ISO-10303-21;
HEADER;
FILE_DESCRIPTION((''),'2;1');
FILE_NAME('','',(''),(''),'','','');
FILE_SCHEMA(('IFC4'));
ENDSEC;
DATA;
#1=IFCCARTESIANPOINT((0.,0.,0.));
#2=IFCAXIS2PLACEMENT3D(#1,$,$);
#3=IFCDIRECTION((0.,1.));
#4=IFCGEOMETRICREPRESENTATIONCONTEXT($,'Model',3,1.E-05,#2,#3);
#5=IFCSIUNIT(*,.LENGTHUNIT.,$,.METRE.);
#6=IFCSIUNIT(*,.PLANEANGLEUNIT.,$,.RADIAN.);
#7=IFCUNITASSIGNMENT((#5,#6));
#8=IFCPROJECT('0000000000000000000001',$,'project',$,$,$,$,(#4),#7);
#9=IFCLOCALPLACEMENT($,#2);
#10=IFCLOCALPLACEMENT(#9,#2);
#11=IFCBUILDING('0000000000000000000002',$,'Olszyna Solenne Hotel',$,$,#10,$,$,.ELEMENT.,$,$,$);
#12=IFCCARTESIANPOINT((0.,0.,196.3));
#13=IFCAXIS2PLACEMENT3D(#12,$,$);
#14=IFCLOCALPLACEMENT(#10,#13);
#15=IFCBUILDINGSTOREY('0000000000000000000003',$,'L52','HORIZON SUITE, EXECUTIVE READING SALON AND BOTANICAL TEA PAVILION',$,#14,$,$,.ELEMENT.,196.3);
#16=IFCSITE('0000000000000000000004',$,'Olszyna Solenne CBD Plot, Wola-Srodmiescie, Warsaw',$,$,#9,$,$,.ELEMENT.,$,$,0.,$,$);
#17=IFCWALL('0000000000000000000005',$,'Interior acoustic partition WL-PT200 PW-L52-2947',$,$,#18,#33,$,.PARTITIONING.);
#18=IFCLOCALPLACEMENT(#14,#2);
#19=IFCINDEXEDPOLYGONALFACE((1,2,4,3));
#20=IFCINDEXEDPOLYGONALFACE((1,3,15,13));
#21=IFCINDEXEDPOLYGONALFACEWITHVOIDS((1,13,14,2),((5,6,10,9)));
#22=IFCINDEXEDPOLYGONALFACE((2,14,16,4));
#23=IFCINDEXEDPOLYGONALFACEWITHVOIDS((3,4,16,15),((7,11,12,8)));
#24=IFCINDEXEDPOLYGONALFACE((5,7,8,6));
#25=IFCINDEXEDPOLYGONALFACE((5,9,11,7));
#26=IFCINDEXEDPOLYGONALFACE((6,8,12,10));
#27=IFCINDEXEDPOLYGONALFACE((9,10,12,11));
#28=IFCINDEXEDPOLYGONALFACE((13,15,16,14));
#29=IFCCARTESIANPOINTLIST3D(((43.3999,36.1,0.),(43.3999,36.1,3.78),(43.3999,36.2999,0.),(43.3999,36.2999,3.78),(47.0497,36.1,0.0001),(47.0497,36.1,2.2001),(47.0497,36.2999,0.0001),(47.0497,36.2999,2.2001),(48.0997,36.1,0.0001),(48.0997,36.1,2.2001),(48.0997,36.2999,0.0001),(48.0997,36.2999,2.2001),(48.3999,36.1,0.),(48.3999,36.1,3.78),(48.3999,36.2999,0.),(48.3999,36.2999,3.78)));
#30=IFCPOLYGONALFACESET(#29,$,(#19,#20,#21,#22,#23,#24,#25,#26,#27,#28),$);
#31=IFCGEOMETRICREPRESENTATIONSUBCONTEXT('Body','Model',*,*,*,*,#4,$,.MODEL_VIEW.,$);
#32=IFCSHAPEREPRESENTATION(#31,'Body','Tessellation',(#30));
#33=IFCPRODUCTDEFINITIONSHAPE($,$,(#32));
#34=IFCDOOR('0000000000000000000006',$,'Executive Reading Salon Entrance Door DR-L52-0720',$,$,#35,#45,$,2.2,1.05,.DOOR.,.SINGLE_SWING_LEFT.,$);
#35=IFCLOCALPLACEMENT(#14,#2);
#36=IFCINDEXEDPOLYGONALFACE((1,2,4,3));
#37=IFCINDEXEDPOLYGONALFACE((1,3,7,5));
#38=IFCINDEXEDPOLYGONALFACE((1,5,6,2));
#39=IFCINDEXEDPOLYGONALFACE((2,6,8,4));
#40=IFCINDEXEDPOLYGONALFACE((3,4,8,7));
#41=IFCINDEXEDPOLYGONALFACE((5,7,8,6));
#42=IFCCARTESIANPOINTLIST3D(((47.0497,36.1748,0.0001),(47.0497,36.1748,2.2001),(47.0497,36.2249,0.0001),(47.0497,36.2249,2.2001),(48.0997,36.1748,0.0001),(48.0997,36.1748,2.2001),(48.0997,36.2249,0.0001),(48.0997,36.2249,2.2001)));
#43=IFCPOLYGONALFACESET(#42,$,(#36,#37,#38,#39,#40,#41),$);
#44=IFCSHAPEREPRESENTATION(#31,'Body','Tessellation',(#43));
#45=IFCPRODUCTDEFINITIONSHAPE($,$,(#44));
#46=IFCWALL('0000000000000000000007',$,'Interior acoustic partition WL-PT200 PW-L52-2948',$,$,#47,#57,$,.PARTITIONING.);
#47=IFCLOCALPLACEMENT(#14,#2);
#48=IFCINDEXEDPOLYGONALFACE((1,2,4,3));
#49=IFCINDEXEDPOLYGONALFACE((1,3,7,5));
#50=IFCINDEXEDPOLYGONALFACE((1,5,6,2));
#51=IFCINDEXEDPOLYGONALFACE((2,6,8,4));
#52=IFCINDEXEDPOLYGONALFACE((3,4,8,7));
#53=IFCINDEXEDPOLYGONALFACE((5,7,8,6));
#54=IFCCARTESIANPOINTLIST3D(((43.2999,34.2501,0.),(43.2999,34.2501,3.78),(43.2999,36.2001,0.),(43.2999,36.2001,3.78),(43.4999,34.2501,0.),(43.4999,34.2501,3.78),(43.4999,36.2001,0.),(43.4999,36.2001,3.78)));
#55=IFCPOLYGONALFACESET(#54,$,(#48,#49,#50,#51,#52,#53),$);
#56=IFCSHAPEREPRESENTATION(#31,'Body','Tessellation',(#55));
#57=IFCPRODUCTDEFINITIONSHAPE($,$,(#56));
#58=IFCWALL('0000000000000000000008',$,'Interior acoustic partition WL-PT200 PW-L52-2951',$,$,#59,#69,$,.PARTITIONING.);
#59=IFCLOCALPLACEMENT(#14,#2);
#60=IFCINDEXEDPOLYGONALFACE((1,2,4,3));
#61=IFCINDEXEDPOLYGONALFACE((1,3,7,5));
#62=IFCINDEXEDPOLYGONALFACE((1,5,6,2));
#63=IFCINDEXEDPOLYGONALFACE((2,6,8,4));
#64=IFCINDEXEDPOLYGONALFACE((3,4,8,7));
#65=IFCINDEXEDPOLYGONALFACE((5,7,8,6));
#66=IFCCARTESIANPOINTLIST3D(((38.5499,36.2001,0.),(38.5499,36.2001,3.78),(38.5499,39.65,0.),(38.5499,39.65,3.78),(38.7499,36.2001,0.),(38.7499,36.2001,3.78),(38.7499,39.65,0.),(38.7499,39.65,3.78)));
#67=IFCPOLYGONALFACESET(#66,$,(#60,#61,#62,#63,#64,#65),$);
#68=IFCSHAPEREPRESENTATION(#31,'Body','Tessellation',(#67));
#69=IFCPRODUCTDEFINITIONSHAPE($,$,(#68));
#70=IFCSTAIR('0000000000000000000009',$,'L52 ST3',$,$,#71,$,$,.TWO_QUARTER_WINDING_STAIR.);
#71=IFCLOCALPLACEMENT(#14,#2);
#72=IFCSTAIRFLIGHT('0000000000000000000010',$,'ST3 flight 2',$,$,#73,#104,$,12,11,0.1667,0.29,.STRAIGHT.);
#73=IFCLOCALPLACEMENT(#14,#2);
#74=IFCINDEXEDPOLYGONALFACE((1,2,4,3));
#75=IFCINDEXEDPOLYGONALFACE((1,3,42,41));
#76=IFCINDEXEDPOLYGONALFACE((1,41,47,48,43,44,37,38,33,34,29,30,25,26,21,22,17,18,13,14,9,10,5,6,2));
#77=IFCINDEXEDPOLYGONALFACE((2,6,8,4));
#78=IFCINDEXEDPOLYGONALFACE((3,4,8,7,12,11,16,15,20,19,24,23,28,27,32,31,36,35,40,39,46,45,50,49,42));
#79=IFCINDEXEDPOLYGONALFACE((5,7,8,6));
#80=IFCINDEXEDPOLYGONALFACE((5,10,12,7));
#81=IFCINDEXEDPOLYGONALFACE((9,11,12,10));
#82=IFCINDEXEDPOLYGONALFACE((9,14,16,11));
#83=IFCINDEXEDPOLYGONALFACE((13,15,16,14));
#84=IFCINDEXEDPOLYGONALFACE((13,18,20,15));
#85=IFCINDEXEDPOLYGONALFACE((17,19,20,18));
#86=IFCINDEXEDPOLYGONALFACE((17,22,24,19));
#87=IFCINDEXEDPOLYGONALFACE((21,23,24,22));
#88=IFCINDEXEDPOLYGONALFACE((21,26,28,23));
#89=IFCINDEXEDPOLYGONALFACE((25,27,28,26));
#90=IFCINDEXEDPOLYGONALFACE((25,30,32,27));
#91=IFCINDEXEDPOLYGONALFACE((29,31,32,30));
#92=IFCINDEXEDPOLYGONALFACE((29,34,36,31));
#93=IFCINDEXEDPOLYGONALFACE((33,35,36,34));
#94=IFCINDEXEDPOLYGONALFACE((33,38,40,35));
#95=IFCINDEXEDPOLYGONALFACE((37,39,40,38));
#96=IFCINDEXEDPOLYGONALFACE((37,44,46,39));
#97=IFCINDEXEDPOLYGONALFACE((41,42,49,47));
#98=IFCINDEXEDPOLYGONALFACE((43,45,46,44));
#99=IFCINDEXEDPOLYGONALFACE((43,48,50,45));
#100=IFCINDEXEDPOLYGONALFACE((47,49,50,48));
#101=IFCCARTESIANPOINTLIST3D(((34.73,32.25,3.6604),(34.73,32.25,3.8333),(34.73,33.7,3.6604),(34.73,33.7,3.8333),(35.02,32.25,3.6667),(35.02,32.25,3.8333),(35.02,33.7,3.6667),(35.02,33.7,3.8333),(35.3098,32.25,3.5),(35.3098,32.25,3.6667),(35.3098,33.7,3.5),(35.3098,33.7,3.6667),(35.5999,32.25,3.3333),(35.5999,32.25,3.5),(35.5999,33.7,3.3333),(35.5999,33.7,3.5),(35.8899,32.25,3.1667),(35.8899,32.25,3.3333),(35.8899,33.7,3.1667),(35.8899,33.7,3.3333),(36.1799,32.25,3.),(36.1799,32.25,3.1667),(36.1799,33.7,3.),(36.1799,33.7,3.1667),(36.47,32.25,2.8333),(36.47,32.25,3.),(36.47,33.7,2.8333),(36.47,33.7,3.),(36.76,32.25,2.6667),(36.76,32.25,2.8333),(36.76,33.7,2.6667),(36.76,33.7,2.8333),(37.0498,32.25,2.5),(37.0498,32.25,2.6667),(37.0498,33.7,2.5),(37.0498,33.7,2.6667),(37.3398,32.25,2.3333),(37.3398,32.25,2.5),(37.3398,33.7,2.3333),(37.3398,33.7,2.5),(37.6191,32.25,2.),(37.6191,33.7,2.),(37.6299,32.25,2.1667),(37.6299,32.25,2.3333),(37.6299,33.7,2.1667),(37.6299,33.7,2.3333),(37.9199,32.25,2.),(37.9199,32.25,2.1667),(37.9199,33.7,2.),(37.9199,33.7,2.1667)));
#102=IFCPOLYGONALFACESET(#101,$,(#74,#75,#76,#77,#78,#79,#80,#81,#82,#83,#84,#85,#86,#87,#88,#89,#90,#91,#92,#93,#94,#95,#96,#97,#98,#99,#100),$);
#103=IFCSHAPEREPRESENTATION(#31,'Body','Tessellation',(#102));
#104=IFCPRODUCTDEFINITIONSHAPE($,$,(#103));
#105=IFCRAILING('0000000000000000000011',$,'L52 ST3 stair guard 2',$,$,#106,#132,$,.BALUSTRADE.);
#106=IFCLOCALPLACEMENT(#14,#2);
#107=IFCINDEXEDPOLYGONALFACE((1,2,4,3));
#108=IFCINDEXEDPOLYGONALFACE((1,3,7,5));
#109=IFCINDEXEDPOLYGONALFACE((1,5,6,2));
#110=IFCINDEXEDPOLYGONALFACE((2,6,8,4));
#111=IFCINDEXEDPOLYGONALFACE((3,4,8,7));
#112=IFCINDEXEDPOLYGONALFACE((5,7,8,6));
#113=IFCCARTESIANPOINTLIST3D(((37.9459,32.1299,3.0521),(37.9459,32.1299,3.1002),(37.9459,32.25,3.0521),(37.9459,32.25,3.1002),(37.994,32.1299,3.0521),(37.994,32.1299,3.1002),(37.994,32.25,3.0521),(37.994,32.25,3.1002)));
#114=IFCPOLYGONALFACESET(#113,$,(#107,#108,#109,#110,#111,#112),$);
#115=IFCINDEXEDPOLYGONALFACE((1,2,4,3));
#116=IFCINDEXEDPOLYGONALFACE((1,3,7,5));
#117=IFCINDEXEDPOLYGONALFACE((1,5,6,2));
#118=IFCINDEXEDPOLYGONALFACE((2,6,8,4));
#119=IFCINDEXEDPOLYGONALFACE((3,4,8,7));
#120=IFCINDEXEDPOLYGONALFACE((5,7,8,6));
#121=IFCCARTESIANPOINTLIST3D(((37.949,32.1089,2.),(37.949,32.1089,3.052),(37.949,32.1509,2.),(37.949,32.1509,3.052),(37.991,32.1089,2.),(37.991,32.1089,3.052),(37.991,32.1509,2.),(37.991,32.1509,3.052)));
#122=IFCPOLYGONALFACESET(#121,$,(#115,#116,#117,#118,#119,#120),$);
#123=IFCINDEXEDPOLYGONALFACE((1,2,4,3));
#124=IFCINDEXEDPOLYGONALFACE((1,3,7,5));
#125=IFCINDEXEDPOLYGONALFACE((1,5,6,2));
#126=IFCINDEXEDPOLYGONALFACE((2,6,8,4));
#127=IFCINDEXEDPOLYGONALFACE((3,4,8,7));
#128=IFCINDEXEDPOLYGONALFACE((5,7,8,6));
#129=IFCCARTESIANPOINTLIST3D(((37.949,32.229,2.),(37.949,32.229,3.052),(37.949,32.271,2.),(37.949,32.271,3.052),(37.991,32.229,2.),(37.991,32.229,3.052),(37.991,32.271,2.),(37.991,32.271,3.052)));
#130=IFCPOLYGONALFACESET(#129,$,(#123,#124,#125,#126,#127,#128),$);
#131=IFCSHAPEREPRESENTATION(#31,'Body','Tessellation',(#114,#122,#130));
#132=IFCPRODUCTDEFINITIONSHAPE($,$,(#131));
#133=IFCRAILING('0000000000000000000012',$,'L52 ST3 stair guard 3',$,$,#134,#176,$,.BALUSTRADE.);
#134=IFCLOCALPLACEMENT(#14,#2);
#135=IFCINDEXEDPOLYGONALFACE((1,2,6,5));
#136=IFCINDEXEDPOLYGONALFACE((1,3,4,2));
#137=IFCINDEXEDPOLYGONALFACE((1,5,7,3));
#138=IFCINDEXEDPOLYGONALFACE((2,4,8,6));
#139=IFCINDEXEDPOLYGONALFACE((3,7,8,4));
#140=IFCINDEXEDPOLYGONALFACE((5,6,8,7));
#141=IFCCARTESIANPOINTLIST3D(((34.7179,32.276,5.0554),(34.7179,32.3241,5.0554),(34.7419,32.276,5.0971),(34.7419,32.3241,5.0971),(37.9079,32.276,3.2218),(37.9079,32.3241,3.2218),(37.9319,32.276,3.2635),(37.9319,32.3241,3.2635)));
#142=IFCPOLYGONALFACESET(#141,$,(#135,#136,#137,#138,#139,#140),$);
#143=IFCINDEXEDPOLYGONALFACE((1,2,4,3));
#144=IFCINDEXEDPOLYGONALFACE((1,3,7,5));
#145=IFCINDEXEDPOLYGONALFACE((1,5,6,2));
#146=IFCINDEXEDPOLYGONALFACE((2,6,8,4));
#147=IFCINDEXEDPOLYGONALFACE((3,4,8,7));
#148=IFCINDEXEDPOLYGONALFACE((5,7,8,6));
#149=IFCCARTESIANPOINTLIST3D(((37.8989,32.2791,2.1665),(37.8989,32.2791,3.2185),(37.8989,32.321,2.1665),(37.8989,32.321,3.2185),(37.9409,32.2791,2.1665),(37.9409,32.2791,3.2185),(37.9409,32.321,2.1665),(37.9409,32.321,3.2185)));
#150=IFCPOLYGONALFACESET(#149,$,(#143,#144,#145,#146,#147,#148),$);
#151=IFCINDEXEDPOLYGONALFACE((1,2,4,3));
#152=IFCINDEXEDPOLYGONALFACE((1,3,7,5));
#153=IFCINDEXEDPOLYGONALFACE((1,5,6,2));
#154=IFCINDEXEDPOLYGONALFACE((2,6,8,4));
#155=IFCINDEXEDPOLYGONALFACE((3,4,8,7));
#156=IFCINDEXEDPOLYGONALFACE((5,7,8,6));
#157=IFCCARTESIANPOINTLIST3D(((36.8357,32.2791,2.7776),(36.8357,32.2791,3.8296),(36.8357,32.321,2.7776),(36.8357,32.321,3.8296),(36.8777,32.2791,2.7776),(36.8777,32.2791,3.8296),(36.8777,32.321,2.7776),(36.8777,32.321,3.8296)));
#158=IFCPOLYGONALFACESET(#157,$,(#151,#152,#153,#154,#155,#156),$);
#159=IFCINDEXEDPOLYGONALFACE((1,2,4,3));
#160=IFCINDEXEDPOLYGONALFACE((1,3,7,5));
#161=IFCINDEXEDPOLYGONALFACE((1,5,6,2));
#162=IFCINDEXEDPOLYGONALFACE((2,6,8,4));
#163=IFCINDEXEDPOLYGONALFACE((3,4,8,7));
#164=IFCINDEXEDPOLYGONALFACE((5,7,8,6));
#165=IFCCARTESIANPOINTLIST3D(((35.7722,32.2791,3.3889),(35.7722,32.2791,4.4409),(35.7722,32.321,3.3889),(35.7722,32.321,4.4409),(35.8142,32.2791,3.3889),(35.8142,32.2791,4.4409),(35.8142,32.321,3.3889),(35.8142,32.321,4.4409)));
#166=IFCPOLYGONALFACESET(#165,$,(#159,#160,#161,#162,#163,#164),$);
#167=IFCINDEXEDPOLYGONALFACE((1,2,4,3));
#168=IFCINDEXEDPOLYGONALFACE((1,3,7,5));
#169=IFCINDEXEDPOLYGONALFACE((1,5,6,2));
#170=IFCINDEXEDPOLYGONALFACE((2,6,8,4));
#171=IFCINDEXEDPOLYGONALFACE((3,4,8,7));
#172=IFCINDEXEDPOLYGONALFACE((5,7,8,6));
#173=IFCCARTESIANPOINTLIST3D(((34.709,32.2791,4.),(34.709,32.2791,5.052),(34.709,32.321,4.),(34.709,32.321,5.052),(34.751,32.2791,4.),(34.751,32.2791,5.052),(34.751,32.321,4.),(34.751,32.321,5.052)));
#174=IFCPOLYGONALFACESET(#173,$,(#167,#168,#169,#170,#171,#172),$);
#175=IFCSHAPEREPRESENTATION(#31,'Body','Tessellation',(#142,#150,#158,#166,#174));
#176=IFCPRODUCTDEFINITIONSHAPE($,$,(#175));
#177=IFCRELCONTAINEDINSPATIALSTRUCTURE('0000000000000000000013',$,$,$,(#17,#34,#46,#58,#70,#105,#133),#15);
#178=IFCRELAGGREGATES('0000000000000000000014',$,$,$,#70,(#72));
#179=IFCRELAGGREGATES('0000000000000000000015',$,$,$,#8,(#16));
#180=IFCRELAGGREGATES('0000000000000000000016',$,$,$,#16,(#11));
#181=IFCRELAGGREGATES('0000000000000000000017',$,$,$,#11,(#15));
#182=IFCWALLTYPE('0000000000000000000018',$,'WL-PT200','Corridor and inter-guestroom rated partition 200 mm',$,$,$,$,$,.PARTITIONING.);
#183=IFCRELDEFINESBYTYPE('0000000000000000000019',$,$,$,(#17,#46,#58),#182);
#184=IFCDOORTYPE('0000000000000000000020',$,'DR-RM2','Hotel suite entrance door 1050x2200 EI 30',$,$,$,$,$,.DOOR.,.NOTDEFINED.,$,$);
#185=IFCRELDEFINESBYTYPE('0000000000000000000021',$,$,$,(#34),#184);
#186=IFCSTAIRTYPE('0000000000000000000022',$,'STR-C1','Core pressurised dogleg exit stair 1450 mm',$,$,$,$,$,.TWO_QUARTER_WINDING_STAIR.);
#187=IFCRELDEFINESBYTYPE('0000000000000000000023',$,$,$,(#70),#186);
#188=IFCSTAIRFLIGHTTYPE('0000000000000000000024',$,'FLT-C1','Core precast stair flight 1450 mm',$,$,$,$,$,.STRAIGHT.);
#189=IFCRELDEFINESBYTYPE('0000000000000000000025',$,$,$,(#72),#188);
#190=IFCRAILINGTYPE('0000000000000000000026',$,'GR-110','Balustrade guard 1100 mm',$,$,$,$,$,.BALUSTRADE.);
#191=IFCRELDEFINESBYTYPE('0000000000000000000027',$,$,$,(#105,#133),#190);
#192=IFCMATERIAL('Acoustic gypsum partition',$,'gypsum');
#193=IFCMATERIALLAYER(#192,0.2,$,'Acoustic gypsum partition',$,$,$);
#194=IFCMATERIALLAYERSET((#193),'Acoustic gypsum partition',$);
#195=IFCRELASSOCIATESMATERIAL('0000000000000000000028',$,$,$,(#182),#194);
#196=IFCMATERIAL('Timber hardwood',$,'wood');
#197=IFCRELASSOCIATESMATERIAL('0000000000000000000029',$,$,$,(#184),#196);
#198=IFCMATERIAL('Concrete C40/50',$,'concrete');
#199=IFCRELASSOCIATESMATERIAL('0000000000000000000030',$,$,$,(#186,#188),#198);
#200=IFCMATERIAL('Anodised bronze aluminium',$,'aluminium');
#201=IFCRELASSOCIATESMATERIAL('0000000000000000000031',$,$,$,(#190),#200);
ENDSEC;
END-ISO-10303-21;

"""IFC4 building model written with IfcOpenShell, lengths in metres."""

from ifc_helpers import new_model, si_unit, direction, frame, frame_2d, origin, origin_2d, place, context, subcontext, project, spatial, polyline, rectangle, outline, extrude, source, transform, mapped, material, layer, layer_set, type_object, type_shapes, element, fill, aggregate, save


model = new_model("IFC4")

# Units and contexts
model_context = context("Model", 3, precision=1e-05, world=origin(), true_north=direction((0.0, 1.0)))
body_context = subcontext(model_context, "Body", "Model", "MODEL_VIEW")
ifc_project = project(units=[si_unit("LENGTHUNIT", "METRE"), si_unit("PLANEANGLEUNIT", "RADIAN")], contexts=[model_context])

# Site, building, storey
site_placement = place(None, origin())
site = spatial("IfcSite", under=ifc_project, at=site_placement, Name="Olszyna Solenne CBD Plot, Wola-Srodmiescie, Warsaw", CompositionType="ELEMENT", RefElevation=0.0)
building_placement = place(site_placement, origin())
building = spatial("IfcBuilding", under=site, at=building_placement, Name="Olszyna Solenne Hotel", CompositionType="ELEMENT")
storey_placement = place(building_placement, frame((0.0, 0.0, 196.3)))
storey = spatial("IfcBuildingStorey", under=building, at=storey_placement, Name="L52", Description="HORIZON SUITE, EXECUTIVE READING SALON AND BOTANICAL TEA PAVILION", CompositionType="ELEMENT", Elevation=196.3)

# Shared definitions
ifc_material_1 = material(Name="Acoustic gypsum partition", Category="gypsum")

# Shared definitions
ifc_layer_1 = layer(ifc_material_1, 0.2, Name="Acoustic gypsum partition")
ifc_layer_set_1 = layer_set([ifc_layer_1], Name="Acoustic gypsum partition")
wall_type_1 = type_object("IfcWallType", Name="WL-PT200", Description="Corridor and inter-guestroom rated partition 200 mm", PredefinedType="PARTITIONING", material=ifc_layer_set_1)

# Shared definitions
ifc_material_2 = material(Name="Timber hardwood", Category="wood")

# Wall, opening, door
wall_1_placement = place(storey_placement, frame((43.3999, 36.2, 0.0), z_axis=(0.0, 0.0, 1.0), x_axis=(1.0, 0.0, 0.0)))
wall_1 = element("IfcWall", 1, at=wall_1_placement, inside=storey, type_object=wall_type_1, Name="Interior acoustic partition WL-PT200 PW-L52-2947", PredefinedType="PARTITIONING", context=body_context, shape_type="SweptSolid", body=[
    extrude(rectangle(XDim=5.0, YDim=0.2, at=frame_2d((2.5, 0.0))), origin(), (0.0, 0.0, 1.0), 3.78),
])
opening_1_placement = place(wall_1_placement, frame((3.6499, 0.0, 0.0)))
opening_1 = element("IfcOpeningElement", 2, at=opening_1_placement, cuts=wall_1, PredefinedType="OPENING", context=body_context, shape_type="SweptSolid", body=[
    extrude(rectangle(XDim=1.05, YDim=2.2, at=frame_2d((0.5249, 1.1001))), frame((0.0, 0.1099, 0.0), z_axis=(0.0, -1.0, 0.0), x_axis=(1.0, 0.0, 0.0)), (0.0, 0.0, 1.0), 0.22),
])
door_type_1 = type_object("IfcDoorType", Name="DR-RM2", Description="Hotel suite entrance door 1050x2200 EI 30", OperationType="NOTDEFINED", PredefinedType="DOOR", material=ifc_material_2)
shared_shape_1 = source(origin(), body_context, "Body", "SweptSolid", [
    extrude(rectangle(XDim=1.05, YDim=2.2, at=frame_2d((0.5249, 1.1001))), frame((0.0, 0.0249, 0.0), z_axis=(0.0, -1.0, 0.0), x_axis=(1.0, 0.0, 0.0)), (0.0, 0.0, 1.0), 0.05),
])
type_shapes(door_type_1, [shared_shape_1])
door_1_placement = place(opening_1_placement, origin())
door_1 = element("IfcDoor", 3, at=door_1_placement, inside=storey, type_object=door_type_1, Name="Executive Reading Salon Entrance Door DR-L52-0720", OperationType="SINGLE_SWING_LEFT", OverallHeight=2.2, OverallWidth=1.05, PredefinedType="DOOR", context=body_context, shape_type="MappedRepresentation", body=[
    mapped(shared_shape_1, transform((0.0, 0.0, 0.0), x_axis=(1.0, 0.0, 0.0), y_axis=(0.0, 1.0, 0.0), z_axis=(0.0, 0.0, 1.0), scale=1.0)),
])
fill(opening_1, door_1)

# Walls
wall_2_placement = place(storey_placement, frame((43.3999, 34.25, 0.0), z_axis=(0.0, 0.0, 1.0), x_axis=(0.0, 1.0, 0.0)))
element("IfcWall", 4, at=wall_2_placement, inside=storey, type_object=wall_type_1, Name="Interior acoustic partition WL-PT200 PW-L52-2948", PredefinedType="PARTITIONING", context=body_context, shape_type="SweptSolid", body=[
    extrude(rectangle(XDim=1.95, YDim=0.2, at=frame_2d((0.9751, 0.0))), origin(), (0.0, 0.0, 1.0), 3.78),
])
wall_3_placement = place(storey_placement, frame((38.6499, 36.2, 0.0), z_axis=(0.0, 0.0, 1.0), x_axis=(0.0, 1.0, 0.0)))
element("IfcWall", 5, at=wall_3_placement, inside=storey, type_object=wall_type_1, Name="Interior acoustic partition WL-PT200 PW-L52-2951", PredefinedType="PARTITIONING", context=body_context, shape_type="SweptSolid", body=[
    extrude(rectangle(XDim=3.45, YDim=0.2, at=frame_2d((1.7251, 0.0))), origin(), (0.0, 0.0, 1.0), 3.78),
])

# Stair, stair flight
ifc_material_3 = material(Name="Concrete C40/50", Category="concrete")
stair_type = type_object("IfcStairType", Name="STR-C1", Description="Core pressurised dogleg exit stair 1450 mm", PredefinedType="TWO_QUARTER_WINDING_STAIR", material=ifc_material_3)
stair_placement = place(storey_placement, origin())
stair = element("IfcStair", 6, at=stair_placement, inside=storey, type_object=stair_type, Name="L52 ST3", PredefinedType="TWO_QUARTER_WINDING_STAIR")
stair_flight_type = type_object("IfcStairFlightType", Name="FLT-C1", Description="Core precast stair flight 1450 mm", PredefinedType="STRAIGHT", material=ifc_material_3)
stair_flight_placement = place(storey_placement, frame((37.9199, 32.9751, 2.0), z_axis=(0.0, 0.0, 1.0), x_axis=(-1.0, 0.0, 0.0)))
stair_flight = element("IfcStairFlight", 7, at=stair_flight_placement, type_object=stair_flight_type, Name="ST3 flight 2", NumberOfRisers=12, NumberOfTreads=11, PredefinedType="STRAIGHT", RiserHeight=0.1667, TreadLength=0.29, context=body_context, shape_type="SweptSolid", body=[
    extrude(outline(polyline([(0.0, 0.0), (0.0, 0.1667), (0.29, 0.1667), (0.29, 0.3333), (0.5801, 0.3333), (0.5801, 0.5), (0.8701, 0.5), (0.8701, 0.6667), (1.1599, 0.6667), (1.1599, 0.8333), (1.45, 0.8333), (1.45, 1.0), (1.74, 1.0), (1.74, 1.1667), (2.03, 1.1667), (2.03, 1.3333), (2.3201, 1.3333), (2.3201, 1.5), (2.6101, 1.5), (2.6101, 1.6667), (2.8999, 1.6667), (2.8999, 1.8333), (3.1899, 1.8333), (3.1899, 2.0), (3.1899, 1.6604), (0.3008, 0.0), (0.0, 0.0)])), frame((0.0, 0.7251, 0.0), z_axis=(0.0, -1.0, 0.0), x_axis=(1.0, 0.0, 0.0)), (0.0, 0.0, 1.0), 1.45),
])
aggregate(stair, [stair_flight])

# Railings
ifc_material_4 = material(Name="Anodised bronze aluminium", Category="aluminium")
railing_type_1 = type_object("IfcRailingType", Name="GR-110", Description="Balustrade guard 1100 mm", PredefinedType="BALUSTRADE", material=ifc_material_4)
railing_1_placement = place(storey_placement, frame((37.97, 32.1299, 2.0)))
element("IfcRailing", 8, at=railing_1_placement, inside=storey, type_object=railing_type_1, Name="L52 ST3 stair guard 2", PredefinedType="BALUSTRADE", context=body_context, shape_type="SweptSolid", body=[
    extrude(rectangle(XDim=0.0481, YDim=0.0481, at=origin_2d()), frame((0.0, 0.0, 1.0762), z_axis=(0.0, 1.0, 0.0), x_axis=(-1.0, 0.0, 0.0)), (0.0, 0.0, 1.0), 0.1201),
    extrude(rectangle(XDim=0.042, YDim=0.042, at=origin_2d()), origin(), (0.0, 0.0, 1.0), 1.052),
    extrude(rectangle(XDim=0.042, YDim=0.042, at=origin_2d()), frame((0.0, 0.1201, 0.0)), (0.0, 0.0, 1.0), 1.052),
])
railing_2_placement = place(storey_placement, frame((37.9199, 32.3, 2.1665)))
element("IfcRailing", 9, at=railing_2_placement, inside=storey, type_object=railing_type_1, Name="L52 ST3 stair guard 3", PredefinedType="BALUSTRADE", context=body_context, shape_type="SweptSolid", body=[
    extrude(rectangle(XDim=0.0481, YDim=0.0481, at=origin_2d()), frame((0.0, 0.0, 1.0762), z_axis=(-0.866991, 0.0, 0.498324), x_axis=(0.0, -1.0, 0.0)), (0.0, 0.0, 1.0), 3.6794),
    extrude(rectangle(XDim=0.042, YDim=0.042, at=origin_2d()), origin(), (0.0, 0.0, 1.0), 1.052),
    extrude(rectangle(XDim=0.042, YDim=0.042, at=origin_2d()), frame((-1.0632, 0.0, 0.6111)), (0.0, 0.0, 1.0), 1.052),
    extrude(rectangle(XDim=0.042, YDim=0.042, at=origin_2d()), frame((-2.1267, 0.0, 1.2224)), (0.0, 0.0, 1.0), 1.052),
    extrude(rectangle(XDim=0.042, YDim=0.042, at=origin_2d()), frame((-3.1899, 0.0, 1.8335)), (0.0, 0.0, 1.0), 1.052),
])

save(model, "model.ifc")
